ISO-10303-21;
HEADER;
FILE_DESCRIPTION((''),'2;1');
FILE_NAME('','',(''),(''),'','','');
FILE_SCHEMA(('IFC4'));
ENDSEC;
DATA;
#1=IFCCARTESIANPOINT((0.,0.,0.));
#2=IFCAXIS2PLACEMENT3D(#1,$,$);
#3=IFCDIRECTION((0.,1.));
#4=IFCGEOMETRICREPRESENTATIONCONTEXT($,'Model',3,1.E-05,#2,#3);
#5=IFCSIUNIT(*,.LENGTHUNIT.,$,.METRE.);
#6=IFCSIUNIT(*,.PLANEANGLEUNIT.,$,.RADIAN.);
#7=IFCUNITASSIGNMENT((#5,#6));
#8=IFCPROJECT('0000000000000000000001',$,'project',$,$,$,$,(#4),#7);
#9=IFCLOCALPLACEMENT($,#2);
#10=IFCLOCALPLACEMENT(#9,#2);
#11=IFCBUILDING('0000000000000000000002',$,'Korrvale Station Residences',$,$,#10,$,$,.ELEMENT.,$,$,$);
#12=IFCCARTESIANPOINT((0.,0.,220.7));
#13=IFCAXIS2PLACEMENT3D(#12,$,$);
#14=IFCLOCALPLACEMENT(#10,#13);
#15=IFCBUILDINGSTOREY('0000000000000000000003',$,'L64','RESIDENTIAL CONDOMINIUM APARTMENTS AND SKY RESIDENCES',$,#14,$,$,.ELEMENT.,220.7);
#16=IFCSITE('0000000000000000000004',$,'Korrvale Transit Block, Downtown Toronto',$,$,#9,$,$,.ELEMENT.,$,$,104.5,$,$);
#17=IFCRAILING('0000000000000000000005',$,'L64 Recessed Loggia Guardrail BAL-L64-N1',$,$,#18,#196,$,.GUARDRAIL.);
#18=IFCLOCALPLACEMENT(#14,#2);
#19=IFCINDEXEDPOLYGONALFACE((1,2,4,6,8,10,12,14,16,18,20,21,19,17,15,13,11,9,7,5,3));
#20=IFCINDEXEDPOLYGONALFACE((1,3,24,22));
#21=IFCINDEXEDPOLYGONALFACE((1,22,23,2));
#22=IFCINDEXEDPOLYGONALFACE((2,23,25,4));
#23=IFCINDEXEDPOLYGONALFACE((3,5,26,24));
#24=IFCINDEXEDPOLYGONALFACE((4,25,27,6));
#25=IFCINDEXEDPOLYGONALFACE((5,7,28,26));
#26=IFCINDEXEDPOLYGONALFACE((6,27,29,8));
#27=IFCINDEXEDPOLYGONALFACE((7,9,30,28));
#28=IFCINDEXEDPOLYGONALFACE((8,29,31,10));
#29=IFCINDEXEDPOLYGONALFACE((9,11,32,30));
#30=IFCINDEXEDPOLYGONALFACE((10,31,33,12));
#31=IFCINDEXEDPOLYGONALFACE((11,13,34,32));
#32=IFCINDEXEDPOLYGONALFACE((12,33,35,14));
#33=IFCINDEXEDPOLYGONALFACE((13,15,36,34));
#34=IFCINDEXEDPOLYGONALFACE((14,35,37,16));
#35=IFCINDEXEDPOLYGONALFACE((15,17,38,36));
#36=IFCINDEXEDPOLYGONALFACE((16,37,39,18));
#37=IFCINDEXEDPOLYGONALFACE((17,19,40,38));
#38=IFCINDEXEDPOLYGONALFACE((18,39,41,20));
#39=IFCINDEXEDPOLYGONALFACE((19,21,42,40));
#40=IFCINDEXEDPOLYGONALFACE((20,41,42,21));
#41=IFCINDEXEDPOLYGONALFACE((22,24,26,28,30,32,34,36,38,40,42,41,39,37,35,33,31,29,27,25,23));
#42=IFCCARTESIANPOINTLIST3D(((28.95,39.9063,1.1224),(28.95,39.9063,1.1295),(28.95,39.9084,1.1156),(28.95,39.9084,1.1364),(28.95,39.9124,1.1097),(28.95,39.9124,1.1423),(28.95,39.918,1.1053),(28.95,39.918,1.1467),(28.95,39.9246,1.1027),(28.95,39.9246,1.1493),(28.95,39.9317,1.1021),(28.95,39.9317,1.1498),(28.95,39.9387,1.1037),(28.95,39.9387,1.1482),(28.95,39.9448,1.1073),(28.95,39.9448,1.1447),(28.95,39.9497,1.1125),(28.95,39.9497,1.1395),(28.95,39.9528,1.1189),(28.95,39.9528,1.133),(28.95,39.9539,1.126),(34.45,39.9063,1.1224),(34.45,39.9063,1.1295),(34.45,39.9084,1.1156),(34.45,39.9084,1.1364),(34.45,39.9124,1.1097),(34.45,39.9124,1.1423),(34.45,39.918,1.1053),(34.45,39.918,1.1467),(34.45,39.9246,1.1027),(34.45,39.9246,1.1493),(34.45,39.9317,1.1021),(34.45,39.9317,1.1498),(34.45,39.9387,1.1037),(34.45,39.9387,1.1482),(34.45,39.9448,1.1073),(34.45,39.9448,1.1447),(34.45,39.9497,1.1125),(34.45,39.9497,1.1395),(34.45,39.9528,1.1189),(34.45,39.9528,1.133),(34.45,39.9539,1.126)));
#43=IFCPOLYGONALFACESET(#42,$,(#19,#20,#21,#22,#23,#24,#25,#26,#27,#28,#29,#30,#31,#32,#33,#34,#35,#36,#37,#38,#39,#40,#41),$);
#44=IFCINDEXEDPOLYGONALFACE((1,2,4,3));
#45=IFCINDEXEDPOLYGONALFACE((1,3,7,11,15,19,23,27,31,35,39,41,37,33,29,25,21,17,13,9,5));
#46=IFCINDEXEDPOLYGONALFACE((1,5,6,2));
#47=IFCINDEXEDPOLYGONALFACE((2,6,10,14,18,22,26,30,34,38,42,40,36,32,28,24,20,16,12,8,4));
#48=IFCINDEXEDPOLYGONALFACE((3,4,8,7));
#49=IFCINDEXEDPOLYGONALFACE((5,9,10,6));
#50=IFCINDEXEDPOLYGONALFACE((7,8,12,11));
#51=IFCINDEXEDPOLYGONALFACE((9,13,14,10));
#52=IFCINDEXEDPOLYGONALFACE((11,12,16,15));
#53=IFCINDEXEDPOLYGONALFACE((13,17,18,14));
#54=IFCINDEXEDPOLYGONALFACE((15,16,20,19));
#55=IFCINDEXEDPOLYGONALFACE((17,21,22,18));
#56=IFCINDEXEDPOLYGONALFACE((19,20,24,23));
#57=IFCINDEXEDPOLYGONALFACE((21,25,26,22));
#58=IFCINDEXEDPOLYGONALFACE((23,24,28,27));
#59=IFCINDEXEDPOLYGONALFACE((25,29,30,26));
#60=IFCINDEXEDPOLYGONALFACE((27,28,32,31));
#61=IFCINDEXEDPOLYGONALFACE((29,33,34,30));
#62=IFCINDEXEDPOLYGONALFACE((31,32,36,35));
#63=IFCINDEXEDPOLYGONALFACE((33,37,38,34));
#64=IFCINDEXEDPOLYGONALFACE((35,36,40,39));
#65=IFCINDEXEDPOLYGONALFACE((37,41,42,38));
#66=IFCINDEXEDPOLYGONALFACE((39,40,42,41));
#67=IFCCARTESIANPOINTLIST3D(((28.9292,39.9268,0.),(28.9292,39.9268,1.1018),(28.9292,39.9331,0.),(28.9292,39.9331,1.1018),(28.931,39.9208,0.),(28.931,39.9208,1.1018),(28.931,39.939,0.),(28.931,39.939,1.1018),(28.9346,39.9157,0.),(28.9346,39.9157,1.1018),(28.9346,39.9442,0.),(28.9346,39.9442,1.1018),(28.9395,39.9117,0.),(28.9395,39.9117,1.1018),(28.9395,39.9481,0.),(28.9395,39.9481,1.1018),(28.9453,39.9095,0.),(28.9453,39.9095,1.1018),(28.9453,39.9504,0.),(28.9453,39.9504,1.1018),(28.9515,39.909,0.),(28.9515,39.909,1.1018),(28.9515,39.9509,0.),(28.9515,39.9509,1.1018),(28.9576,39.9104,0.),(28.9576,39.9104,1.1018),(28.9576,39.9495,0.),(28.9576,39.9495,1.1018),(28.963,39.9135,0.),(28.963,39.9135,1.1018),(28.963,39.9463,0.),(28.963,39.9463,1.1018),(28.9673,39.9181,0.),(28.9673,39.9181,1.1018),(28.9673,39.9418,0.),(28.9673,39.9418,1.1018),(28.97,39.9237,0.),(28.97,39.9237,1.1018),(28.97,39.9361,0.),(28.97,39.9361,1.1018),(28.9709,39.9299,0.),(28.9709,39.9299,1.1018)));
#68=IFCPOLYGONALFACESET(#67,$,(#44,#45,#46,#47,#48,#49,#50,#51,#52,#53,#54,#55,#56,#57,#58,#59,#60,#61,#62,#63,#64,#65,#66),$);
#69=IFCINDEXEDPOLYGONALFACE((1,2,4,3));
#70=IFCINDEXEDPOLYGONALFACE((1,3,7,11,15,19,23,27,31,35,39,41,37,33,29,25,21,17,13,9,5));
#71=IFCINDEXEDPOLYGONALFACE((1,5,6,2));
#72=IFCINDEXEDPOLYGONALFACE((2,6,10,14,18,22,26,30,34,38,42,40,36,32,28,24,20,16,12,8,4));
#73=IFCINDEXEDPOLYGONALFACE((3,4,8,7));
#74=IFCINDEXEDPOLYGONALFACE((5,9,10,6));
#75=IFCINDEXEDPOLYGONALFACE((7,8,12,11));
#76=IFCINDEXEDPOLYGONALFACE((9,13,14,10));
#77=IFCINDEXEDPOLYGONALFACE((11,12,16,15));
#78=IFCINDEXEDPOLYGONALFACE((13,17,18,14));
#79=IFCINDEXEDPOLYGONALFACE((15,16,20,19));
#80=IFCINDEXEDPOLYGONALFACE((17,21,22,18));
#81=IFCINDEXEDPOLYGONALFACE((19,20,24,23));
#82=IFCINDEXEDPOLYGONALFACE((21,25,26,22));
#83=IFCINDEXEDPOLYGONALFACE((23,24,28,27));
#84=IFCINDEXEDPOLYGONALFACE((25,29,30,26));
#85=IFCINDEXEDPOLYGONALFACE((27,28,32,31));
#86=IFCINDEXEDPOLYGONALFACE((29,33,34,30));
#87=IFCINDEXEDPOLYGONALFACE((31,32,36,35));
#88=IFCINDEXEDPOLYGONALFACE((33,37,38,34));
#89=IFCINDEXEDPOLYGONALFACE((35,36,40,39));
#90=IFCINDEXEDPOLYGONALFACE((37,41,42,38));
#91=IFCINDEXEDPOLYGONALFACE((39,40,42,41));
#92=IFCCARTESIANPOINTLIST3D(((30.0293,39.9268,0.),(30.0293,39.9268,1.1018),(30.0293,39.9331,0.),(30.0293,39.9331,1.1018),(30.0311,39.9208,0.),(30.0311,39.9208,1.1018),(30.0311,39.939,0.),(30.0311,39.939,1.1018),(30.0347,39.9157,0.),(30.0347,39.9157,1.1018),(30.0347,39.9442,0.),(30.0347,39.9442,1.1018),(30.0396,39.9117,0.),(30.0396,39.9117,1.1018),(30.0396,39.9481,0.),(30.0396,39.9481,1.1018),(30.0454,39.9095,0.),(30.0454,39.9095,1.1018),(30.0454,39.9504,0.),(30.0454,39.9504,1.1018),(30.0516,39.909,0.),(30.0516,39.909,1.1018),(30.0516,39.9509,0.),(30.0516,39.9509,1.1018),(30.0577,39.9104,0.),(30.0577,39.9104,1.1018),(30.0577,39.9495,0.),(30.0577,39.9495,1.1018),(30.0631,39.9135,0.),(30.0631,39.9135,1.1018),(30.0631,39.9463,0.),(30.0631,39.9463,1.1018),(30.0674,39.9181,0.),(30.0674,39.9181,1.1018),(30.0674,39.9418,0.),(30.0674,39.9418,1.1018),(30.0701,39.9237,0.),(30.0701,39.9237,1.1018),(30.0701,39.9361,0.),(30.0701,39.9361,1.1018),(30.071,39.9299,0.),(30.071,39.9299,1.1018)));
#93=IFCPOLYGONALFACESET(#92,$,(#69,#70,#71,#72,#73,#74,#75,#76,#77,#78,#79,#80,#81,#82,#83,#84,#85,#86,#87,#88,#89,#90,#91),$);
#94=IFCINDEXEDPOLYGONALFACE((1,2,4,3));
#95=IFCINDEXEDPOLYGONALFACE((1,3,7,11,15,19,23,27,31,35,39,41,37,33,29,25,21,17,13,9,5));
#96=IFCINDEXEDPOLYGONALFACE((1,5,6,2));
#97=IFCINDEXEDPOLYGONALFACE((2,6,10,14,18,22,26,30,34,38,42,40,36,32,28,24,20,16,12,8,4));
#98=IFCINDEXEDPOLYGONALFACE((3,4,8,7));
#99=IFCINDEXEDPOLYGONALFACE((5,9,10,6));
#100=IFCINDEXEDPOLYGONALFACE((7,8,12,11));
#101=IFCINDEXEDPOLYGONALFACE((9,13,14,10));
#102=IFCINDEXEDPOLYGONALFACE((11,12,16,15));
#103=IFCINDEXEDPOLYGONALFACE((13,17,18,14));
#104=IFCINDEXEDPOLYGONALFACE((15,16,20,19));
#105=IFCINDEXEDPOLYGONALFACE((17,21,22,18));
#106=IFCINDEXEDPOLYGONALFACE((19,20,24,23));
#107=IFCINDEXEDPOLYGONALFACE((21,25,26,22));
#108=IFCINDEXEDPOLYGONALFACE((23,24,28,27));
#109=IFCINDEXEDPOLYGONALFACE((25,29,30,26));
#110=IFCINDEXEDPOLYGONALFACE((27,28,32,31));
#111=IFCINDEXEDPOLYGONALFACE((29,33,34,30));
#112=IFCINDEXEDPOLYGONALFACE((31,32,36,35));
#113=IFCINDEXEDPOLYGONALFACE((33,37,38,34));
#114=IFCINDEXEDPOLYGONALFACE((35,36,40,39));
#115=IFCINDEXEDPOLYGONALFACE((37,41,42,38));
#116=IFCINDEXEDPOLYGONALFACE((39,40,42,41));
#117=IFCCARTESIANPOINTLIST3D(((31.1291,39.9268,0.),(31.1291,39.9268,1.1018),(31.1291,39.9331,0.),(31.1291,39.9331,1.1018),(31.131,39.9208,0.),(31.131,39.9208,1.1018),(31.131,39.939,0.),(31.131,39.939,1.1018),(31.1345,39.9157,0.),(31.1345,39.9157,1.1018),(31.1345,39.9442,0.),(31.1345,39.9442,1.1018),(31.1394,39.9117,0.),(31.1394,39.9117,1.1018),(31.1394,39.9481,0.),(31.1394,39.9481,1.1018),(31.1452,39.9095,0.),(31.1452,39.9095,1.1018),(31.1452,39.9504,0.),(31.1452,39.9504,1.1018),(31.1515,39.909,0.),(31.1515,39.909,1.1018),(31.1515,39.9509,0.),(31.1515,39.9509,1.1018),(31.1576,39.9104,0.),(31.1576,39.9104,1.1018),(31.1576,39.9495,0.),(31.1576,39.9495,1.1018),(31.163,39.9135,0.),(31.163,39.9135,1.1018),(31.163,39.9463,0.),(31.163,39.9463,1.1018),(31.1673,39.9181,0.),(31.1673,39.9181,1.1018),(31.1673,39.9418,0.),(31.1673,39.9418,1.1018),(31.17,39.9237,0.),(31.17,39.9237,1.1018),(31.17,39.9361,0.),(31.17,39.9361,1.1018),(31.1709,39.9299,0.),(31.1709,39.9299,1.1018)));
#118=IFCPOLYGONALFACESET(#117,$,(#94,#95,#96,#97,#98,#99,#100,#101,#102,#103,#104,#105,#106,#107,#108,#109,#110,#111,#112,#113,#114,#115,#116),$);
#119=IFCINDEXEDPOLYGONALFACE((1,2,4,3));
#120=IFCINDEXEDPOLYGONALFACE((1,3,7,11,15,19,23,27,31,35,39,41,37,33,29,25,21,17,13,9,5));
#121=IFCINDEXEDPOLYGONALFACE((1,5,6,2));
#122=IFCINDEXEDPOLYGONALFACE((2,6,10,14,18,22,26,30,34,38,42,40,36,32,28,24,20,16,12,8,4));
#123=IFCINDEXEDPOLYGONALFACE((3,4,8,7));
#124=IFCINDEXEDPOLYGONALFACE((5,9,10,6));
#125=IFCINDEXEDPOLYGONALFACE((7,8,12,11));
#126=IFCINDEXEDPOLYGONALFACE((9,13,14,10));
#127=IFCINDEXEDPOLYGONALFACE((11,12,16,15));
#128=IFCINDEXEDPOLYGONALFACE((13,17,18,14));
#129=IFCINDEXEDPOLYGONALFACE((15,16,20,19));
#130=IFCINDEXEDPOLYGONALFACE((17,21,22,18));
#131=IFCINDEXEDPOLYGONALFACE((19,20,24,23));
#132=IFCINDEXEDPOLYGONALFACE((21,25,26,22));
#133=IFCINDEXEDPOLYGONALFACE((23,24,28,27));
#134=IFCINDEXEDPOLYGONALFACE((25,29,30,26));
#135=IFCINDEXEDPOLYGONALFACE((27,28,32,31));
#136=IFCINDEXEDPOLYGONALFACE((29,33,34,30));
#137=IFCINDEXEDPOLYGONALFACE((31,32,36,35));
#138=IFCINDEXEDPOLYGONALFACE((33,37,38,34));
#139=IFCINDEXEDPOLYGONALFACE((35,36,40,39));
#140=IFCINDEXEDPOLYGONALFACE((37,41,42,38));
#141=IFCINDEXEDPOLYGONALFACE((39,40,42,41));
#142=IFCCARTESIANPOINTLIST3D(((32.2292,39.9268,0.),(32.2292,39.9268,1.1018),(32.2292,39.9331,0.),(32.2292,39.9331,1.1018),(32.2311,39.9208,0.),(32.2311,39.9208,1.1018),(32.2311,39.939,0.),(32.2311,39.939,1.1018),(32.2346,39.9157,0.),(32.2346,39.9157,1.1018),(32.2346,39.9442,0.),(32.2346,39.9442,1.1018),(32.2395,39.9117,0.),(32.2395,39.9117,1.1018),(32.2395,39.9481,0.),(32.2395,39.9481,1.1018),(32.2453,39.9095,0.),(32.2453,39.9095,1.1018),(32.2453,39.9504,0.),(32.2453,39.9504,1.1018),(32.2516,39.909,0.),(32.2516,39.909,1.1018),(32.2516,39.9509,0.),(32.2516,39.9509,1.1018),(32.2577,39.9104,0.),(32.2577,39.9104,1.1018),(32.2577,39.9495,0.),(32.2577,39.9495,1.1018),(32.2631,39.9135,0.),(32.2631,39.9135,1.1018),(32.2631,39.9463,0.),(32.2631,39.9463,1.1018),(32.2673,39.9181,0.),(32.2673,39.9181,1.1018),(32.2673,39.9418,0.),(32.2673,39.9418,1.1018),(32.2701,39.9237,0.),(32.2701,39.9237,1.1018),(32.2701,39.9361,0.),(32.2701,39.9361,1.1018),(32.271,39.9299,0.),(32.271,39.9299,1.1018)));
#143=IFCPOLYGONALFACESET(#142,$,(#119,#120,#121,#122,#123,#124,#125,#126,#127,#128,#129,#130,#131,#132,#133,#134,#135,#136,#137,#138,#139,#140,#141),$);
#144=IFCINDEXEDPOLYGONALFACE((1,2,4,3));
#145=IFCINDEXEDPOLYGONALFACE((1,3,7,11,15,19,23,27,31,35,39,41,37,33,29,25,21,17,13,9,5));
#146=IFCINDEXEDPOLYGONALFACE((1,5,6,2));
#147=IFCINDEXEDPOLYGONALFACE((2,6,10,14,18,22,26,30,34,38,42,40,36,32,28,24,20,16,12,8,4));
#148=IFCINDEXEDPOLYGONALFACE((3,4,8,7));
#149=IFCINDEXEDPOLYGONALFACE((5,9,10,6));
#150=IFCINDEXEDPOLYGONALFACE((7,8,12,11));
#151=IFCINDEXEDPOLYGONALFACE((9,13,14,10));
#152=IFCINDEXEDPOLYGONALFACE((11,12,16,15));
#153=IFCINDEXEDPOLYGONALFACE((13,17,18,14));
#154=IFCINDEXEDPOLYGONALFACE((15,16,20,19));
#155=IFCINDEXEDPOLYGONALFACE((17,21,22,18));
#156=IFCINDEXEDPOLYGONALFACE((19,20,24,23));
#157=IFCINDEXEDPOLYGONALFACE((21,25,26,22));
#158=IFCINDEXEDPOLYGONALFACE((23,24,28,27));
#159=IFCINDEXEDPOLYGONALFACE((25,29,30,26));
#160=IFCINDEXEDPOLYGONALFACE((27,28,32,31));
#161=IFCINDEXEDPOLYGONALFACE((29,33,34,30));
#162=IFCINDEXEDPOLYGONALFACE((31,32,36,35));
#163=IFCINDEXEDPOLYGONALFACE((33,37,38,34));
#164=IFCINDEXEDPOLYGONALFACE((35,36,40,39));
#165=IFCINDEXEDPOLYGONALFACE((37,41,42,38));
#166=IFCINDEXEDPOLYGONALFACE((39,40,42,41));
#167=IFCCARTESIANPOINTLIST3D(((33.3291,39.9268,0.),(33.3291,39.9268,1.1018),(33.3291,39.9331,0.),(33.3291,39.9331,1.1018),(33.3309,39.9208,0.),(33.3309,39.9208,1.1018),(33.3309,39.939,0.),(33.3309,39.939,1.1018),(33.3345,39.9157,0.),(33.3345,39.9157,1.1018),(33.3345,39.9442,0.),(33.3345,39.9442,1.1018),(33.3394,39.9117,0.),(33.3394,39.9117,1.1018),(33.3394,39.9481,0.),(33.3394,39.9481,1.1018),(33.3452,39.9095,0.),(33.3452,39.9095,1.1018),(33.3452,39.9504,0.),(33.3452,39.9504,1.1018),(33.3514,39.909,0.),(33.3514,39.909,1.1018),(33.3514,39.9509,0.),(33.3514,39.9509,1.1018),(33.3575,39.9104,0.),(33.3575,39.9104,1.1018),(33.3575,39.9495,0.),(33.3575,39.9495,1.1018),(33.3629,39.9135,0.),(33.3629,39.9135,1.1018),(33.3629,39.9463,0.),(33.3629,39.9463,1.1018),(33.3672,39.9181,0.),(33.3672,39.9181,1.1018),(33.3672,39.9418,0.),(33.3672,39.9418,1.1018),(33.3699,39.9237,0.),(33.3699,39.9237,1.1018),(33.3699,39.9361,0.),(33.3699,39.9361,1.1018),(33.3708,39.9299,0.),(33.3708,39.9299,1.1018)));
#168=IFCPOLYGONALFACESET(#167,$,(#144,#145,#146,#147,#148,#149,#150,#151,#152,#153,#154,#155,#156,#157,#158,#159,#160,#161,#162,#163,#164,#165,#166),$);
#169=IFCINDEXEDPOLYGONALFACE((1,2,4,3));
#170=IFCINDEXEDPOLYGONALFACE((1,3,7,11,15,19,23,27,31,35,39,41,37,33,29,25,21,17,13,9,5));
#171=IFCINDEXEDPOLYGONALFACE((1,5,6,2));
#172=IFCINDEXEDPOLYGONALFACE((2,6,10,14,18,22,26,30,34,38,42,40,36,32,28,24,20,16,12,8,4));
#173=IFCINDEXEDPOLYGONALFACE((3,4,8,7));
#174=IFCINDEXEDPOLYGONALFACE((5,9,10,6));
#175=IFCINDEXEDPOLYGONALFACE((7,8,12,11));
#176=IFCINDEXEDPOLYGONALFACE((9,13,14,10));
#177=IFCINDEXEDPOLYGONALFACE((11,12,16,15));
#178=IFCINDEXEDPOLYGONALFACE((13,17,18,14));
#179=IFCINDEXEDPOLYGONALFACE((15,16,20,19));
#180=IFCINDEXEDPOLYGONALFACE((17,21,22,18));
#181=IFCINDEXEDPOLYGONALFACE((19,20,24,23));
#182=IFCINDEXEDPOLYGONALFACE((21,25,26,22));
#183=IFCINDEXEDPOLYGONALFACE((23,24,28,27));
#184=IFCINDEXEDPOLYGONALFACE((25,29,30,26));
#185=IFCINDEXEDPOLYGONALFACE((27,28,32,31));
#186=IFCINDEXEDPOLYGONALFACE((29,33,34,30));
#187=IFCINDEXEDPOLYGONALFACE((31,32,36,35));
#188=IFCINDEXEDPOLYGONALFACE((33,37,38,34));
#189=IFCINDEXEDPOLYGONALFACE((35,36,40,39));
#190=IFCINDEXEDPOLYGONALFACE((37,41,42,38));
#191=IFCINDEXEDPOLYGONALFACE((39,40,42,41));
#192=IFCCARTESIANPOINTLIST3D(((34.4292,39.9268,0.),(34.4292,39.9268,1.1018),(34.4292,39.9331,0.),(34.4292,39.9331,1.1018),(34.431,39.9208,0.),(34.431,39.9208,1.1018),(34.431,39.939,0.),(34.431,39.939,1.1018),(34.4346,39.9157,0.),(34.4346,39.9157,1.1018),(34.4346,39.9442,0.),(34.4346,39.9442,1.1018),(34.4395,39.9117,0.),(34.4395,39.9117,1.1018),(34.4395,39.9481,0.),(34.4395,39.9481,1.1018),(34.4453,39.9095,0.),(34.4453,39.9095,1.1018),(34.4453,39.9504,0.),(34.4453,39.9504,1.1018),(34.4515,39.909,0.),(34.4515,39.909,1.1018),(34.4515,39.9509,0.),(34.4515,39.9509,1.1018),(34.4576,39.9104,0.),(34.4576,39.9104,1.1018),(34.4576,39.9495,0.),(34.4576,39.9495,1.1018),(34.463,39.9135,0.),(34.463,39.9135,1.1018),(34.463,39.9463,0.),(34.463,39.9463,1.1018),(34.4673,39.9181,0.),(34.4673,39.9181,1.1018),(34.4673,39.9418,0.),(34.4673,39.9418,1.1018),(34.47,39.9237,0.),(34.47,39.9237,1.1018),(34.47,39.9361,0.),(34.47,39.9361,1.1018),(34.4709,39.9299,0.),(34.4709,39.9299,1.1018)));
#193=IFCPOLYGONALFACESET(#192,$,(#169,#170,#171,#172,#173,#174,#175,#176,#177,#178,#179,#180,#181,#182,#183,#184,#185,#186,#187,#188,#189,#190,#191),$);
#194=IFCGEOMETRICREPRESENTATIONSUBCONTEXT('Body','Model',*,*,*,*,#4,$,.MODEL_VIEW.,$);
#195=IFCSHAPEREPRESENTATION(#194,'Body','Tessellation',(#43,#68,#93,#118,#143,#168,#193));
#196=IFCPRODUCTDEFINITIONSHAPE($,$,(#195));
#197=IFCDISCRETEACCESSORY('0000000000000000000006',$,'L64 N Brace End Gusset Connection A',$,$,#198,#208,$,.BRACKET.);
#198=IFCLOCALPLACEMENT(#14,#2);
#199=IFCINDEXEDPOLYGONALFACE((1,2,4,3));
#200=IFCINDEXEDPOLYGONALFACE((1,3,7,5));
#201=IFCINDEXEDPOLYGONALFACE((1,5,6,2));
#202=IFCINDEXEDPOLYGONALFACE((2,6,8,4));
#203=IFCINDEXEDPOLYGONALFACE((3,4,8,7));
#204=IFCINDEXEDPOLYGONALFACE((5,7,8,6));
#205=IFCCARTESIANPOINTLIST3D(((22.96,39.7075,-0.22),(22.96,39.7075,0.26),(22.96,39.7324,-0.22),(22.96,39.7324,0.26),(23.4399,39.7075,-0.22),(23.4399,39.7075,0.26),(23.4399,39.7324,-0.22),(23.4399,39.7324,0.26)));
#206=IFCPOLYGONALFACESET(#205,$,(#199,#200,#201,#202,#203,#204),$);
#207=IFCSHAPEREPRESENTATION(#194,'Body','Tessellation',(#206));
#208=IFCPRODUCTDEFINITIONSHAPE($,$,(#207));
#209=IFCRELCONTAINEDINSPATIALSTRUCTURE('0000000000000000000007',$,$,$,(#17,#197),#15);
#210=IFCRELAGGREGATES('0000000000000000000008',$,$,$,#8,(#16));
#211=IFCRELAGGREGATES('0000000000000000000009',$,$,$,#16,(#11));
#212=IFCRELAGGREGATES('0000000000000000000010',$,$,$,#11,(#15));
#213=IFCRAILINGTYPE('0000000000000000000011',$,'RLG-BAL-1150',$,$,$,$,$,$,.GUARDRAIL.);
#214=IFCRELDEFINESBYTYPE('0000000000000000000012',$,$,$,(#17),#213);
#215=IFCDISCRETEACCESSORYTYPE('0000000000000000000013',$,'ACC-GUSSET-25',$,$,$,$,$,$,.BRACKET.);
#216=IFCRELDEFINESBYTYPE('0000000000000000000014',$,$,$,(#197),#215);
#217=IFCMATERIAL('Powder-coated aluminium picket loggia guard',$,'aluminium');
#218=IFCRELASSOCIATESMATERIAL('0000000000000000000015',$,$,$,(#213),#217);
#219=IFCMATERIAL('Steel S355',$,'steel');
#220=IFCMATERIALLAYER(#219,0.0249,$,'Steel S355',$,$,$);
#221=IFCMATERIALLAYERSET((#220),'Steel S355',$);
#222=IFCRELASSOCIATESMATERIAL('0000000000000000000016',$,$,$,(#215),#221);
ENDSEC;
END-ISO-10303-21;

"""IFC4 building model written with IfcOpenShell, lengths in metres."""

from ifc_helpers import new_model, si_unit, direction, frame, origin, origin_2d, place, context, subcontext, project, spatial, rectangle, circle, extrude, material, layer, layer_set, type_object, element, save


model = new_model("IFC4")

# Units and contexts
model_context = context("Model", 3, precision=1e-05, world=origin(), true_north=direction((0.0, 1.0)))
body_context = subcontext(model_context, "Body", "Model", "MODEL_VIEW")
ifc_project = project(units=[si_unit("LENGTHUNIT", "METRE"), si_unit("PLANEANGLEUNIT", "RADIAN")], contexts=[model_context])

# Site, building, storey
site_placement = place(None, origin())
site = spatial("IfcSite", under=ifc_project, at=site_placement, Name="Korrvale Transit Block, Downtown Toronto", CompositionType="ELEMENT", RefElevation=104.5)
building_placement = place(site_placement, origin())
building = spatial("IfcBuilding", under=site, at=building_placement, Name="Korrvale Station Residences", CompositionType="ELEMENT")
storey_placement = place(building_placement, frame((0.0, 0.0, 220.7)))
storey = spatial("IfcBuildingStorey", under=building, at=storey_placement, Name="L64", Description="RESIDENTIAL CONDOMINIUM APARTMENTS AND SKY RESIDENCES", CompositionType="ELEMENT", Elevation=220.7)

# Shared definitions
ifc_material_1 = material(Name="Steel S355", Category="steel")

# Railing
ifc_material_2 = material(Name="Powder-coated aluminium picket loggia guard", Category="aluminium")
railing_type = type_object("IfcRailingType", Name="RLG-BAL-1150", PredefinedType="GUARDRAIL", material=ifc_material_2)
railing_placement = place(storey_placement, frame((28.95, 39.9299, 0.0)))
element("IfcRailing", 1, at=railing_placement, inside=storey, type_object=railing_type, Name="L64 Recessed Loggia Guardrail BAL-L64-N1", PredefinedType="GUARDRAIL", context=body_context, shape_type="SweptSolid", body=[
    extrude(circle(Radius=0.0239, at=origin_2d()), frame((0.0, 0.0, 1.126), z_axis=(1.0, 0.0, 0.0), x_axis=(0.0, 1.0, 0.0)), (0.0, 0.0, 1.0), 5.5),
    extrude(circle(Radius=0.021, at=origin_2d()), origin(), (0.0, 0.0, 1.0), 1.1018),
    extrude(circle(Radius=0.021, at=origin_2d()), frame((1.1001, 0.0, 0.0)), (0.0, 0.0, 1.0), 1.1018),
    extrude(circle(Radius=0.021, at=origin_2d()), frame((2.2, 0.0, 0.0)), (0.0, 0.0, 1.0), 1.1018),
    extrude(circle(Radius=0.021, at=origin_2d()), frame((3.3, 0.0, 0.0)), (0.0, 0.0, 1.0), 1.1018),
    extrude(circle(Radius=0.021, at=origin_2d()), frame((4.3999, 0.0, 0.0)), (0.0, 0.0, 1.0), 1.1018),
    extrude(circle(Radius=0.021, at=origin_2d()), frame((5.5, 0.0, 0.0)), (0.0, 0.0, 1.0), 1.1018),
])

# Discrete accessory
ifc_layer_1 = layer(ifc_material_1, 0.0249, Name="Steel S355")
ifc_layer_set_1 = layer_set([ifc_layer_1], Name="Steel S355")
discrete_accessory_type = type_object("IfcDiscreteAccessoryType", Name="ACC-GUSSET-25", PredefinedType="BRACKET", material=ifc_layer_set_1)
for number, where, z_axis, x_axis, name in (
    (2, (23.2, 39.72, -0.22), (0.0, 0.0, 1.0), (1.0, 0.0, 0.0), "L64 N Brace End Gusset Connection A"),
):
    element("IfcDiscreteAccessory", number, at=place(storey_placement, frame(where, z_axis=z_axis, x_axis=x_axis)), inside=storey, type_object=discrete_accessory_type, Name=name, PredefinedType="BRACKET", context=body_context, shape_type="SweptSolid", body=[
        extrude(rectangle(XDim=0.48, YDim=0.0249, at=origin_2d()), origin(), (0.0, 0.0, 1.0), 0.48),
    ])

save(model, "model.ifc")
